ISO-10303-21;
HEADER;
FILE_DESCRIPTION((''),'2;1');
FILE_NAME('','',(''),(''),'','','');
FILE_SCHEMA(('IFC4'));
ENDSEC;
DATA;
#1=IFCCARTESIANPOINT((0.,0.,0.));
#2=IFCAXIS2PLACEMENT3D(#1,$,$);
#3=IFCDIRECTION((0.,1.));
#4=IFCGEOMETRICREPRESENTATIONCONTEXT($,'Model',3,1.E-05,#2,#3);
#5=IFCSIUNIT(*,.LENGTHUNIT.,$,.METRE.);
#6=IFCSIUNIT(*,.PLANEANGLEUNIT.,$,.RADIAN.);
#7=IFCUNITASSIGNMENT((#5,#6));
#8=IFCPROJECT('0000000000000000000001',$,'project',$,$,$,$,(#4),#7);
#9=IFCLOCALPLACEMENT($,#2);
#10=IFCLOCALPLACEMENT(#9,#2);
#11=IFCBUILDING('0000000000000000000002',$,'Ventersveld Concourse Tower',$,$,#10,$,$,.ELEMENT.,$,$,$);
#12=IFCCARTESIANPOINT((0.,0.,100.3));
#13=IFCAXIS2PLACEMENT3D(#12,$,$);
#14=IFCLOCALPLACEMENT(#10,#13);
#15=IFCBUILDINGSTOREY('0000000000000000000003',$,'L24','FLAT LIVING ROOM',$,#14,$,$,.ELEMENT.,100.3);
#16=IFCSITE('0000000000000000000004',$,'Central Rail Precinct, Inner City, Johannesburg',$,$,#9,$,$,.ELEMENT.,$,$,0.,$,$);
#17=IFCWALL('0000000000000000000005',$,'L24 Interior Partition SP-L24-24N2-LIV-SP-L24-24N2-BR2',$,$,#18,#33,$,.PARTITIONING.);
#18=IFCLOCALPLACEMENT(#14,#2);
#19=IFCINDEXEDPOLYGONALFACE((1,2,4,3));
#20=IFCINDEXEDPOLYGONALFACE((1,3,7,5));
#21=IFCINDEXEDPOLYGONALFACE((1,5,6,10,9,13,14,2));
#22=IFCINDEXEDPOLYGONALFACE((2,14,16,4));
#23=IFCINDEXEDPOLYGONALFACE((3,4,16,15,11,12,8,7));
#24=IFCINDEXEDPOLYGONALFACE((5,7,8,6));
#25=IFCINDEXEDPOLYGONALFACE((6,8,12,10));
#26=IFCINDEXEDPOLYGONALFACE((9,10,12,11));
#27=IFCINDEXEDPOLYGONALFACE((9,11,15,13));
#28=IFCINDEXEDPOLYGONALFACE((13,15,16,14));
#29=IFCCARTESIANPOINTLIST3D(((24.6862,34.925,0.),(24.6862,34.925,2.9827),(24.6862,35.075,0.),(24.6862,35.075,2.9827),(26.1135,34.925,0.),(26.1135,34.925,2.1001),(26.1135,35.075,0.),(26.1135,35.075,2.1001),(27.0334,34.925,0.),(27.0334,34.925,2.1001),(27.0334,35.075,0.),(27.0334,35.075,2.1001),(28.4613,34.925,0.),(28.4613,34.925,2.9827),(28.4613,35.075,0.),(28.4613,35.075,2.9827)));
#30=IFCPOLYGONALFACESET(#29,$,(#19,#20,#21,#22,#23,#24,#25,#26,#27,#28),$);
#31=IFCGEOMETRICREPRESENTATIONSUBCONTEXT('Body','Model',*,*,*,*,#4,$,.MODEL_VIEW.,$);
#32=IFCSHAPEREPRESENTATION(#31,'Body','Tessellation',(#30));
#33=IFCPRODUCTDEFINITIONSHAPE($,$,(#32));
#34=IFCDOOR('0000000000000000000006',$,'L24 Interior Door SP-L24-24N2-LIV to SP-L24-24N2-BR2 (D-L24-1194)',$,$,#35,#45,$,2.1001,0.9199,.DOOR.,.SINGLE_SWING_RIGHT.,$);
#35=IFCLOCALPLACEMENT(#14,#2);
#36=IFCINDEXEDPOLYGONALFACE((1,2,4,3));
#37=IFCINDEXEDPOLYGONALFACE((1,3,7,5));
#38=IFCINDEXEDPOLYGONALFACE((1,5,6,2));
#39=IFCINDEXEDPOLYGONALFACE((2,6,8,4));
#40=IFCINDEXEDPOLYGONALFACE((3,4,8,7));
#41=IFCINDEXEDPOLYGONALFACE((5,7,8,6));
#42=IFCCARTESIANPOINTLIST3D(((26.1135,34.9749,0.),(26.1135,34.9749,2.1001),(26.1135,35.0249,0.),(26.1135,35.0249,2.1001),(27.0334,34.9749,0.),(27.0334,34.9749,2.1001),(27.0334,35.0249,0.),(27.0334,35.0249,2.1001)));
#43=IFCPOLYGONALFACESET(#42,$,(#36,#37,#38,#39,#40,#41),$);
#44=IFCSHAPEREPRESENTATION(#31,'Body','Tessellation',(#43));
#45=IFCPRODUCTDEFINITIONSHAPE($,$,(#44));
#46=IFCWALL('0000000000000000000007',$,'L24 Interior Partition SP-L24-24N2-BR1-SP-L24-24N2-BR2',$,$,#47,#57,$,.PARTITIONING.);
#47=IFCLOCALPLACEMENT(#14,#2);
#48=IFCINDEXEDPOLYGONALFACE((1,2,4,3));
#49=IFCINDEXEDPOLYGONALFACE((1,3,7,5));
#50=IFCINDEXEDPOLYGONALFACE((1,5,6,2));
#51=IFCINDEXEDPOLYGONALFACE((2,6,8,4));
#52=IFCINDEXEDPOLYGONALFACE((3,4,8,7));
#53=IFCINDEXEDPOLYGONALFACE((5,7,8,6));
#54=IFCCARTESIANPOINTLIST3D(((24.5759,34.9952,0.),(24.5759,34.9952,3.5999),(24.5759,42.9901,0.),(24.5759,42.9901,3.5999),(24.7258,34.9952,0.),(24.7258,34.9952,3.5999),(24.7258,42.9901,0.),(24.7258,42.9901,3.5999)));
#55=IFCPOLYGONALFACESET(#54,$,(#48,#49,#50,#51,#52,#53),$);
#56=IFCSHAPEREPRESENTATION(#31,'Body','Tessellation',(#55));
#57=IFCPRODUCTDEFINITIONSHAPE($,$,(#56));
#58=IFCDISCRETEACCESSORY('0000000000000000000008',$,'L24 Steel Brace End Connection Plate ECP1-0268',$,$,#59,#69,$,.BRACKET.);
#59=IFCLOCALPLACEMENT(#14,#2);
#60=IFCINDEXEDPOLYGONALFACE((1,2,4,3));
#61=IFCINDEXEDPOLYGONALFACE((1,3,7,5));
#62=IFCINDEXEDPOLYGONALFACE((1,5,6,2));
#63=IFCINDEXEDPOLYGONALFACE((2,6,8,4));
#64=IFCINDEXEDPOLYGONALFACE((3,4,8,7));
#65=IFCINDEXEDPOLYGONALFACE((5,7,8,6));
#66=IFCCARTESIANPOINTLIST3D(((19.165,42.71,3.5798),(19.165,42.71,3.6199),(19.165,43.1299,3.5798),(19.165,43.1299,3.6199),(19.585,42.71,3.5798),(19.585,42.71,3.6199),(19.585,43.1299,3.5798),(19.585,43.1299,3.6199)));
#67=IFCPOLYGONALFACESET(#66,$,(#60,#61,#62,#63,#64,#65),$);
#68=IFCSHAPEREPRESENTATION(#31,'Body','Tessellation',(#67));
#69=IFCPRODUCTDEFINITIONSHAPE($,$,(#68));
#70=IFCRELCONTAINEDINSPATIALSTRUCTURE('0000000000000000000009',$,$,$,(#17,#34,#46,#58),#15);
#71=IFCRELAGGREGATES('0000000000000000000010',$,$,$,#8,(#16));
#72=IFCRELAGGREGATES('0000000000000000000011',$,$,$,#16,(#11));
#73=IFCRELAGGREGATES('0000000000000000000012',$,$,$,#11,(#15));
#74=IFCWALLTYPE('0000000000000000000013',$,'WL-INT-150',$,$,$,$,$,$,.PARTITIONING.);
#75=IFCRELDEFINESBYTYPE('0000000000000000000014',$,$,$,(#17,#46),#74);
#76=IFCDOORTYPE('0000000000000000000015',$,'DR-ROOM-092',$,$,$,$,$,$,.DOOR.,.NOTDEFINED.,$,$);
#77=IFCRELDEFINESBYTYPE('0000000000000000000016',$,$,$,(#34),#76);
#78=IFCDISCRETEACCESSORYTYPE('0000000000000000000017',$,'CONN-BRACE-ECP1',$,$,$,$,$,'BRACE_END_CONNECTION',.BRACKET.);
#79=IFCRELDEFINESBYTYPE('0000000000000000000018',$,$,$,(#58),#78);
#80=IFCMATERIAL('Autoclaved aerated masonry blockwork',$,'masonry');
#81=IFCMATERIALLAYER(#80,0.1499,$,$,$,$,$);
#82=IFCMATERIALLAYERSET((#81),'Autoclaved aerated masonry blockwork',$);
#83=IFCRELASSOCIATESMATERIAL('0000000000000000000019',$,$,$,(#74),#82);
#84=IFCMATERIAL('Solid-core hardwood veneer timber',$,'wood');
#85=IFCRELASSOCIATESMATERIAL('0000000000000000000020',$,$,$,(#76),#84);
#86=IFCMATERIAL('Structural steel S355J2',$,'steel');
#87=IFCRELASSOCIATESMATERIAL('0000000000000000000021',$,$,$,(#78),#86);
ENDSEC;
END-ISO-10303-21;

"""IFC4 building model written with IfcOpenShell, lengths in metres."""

from ifc_helpers import new_model, si_unit, direction, frame, frame_2d, origin, origin_2d, place, context, subcontext, project, spatial, rectangle, extrude, material, layer, layer_set, type_object, element, fill, save


model = new_model("IFC4")

# Units and contexts
model_context = context("Model", 3, precision=1e-05, world=origin(), true_north=direction((0.0, 1.0)))
body_context = subcontext(model_context, "Body", "Model", "MODEL_VIEW")
ifc_project = project(units=[si_unit("LENGTHUNIT", "METRE"), si_unit("PLANEANGLEUNIT", "RADIAN")], contexts=[model_context])

# Site, building, storey
site_placement = place(None, origin())
site = spatial("IfcSite", under=ifc_project, at=site_placement, Name="Central Rail Precinct, Inner City, Johannesburg", CompositionType="ELEMENT", RefElevation=0.0)
building_placement = place(site_placement, origin())
building = spatial("IfcBuilding", under=site, at=building_placement, Name="Ventersveld Concourse Tower", CompositionType="ELEMENT")
storey_placement = place(building_placement, frame((0.0, 0.0, 100.3)))
storey = spatial("IfcBuildingStorey", under=building, at=storey_placement, Name="L24", Description="FLAT LIVING ROOM", CompositionType="ELEMENT", Elevation=100.3)

# Shared definitions
ifc_material_1 = material(Name="Structural steel S355J2", Category="steel")

# Shared definitions
ifc_material_2 = material(Name="Autoclaved aerated masonry blockwork", Category="masonry")
ifc_layer_1 = layer(ifc_material_2, 0.1499)
ifc_layer_set_1 = layer_set([ifc_layer_1], Name="Autoclaved aerated masonry blockwork")
wall_type_1 = type_object("IfcWallType", Name="WL-INT-150", PredefinedType="PARTITIONING", material=ifc_layer_set_1)

# Shared definitions
ifc_material_3 = material(Name="Solid-core hardwood veneer timber", Category="wood")
door_type = type_object("IfcDoorType", Name="DR-ROOM-092", OperationType="NOTDEFINED", PredefinedType="DOOR", material=ifc_material_3)

# Wall, opening, door
wall_1_placement = place(storey_placement, frame((24.686, 35.0, 0.0), z_axis=(0.0, 0.0, 1.0), x_axis=(1.0, 0.0, 0.0)))
wall_1 = element("IfcWall", 1, at=wall_1_placement, inside=storey, type_object=wall_type_1, Name="L24 Interior Partition SP-L24-24N2-LIV-SP-L24-24N2-BR2", PredefinedType="PARTITIONING", context=body_context, shape_type="SweptSolid", body=[
    extrude(rectangle(XDim=3.7751, YDim=0.1499, at=frame_2d((1.8877, 0.0))), origin(), (0.0, 0.0, 1.0), 2.9827),
])
opening_1_placement = place(wall_1_placement, frame((1.4275, 0.0, 0.0)))
opening_1 = element("IfcOpeningElement", 2, at=opening_1_placement, cuts=wall_1, PredefinedType="OPENING", context=body_context, shape_type="SweptSolid", body=[
    extrude(rectangle(XDim=0.9199, YDim=2.1001, at=frame_2d((0.46, 1.05))), frame((0.0, 0.085, 0.0), z_axis=(0.0, -1.0, 0.0), x_axis=(1.0, 0.0, 0.0)), (0.0, 0.0, 1.0), 0.1699),
])
door_1_placement = place(opening_1_placement, origin())
door_1 = element("IfcDoor", 3, at=door_1_placement, inside=storey, type_object=door_type, Name="L24 Interior Door SP-L24-24N2-LIV to SP-L24-24N2-BR2 (D-L24-1194)", OperationType="SINGLE_SWING_RIGHT", OverallHeight=2.1001, OverallWidth=0.9199, PredefinedType="DOOR", context=body_context, shape_type="SweptSolid", body=[
    extrude(rectangle(XDim=0.9199, YDim=2.1001, at=frame_2d((0.46, 1.05))), frame((0.0, 0.0249, 0.0), z_axis=(0.0, -1.0, 0.0), x_axis=(1.0, 0.0, 0.0)), (0.0, 0.0, 1.0), 0.05),
])
fill(opening_1, door_1)

# Wall
wall_2_placement = place(storey_placement, frame((24.6509, 34.9951, 0.0), z_axis=(0.0, 0.0, 1.0), x_axis=(0.0, 1.0, 0.0)))
element("IfcWall", 4, at=wall_2_placement, inside=storey, type_object=wall_type_1, Name="L24 Interior Partition SP-L24-24N2-BR1-SP-L24-24N2-BR2", PredefinedType="PARTITIONING", context=body_context, shape_type="SweptSolid", body=[
    extrude(rectangle(XDim=7.9949, YDim=0.1499, at=frame_2d((3.9976, 0.0))), origin(), (0.0, 0.0, 1.0), 3.5999),
])

# Discrete accessory
discrete_accessory_type = type_object("IfcDiscreteAccessoryType", Name="CONN-BRACE-ECP1", ElementType="BRACE_END_CONNECTION", PredefinedType="BRACKET", material=ifc_material_1)
discrete_accessory_placement = place(storey_placement, frame((19.375, 42.9199, 3.5798), z_axis=(0.0, 0.0, 1.0), x_axis=(1.0, 0.0, 0.0)))
element("IfcDiscreteAccessory", 5, at=discrete_accessory_placement, inside=storey, type_object=discrete_accessory_type, Name="L24 Steel Brace End Connection Plate ECP1-0268", PredefinedType="BRACKET", context=body_context, shape_type="SweptSolid", body=[
    extrude(rectangle(XDim=0.4199, YDim=0.4199, at=origin_2d()), origin(), (0.0, 0.0, 1.0), 0.04),
])

save(model, "model.ifc")
